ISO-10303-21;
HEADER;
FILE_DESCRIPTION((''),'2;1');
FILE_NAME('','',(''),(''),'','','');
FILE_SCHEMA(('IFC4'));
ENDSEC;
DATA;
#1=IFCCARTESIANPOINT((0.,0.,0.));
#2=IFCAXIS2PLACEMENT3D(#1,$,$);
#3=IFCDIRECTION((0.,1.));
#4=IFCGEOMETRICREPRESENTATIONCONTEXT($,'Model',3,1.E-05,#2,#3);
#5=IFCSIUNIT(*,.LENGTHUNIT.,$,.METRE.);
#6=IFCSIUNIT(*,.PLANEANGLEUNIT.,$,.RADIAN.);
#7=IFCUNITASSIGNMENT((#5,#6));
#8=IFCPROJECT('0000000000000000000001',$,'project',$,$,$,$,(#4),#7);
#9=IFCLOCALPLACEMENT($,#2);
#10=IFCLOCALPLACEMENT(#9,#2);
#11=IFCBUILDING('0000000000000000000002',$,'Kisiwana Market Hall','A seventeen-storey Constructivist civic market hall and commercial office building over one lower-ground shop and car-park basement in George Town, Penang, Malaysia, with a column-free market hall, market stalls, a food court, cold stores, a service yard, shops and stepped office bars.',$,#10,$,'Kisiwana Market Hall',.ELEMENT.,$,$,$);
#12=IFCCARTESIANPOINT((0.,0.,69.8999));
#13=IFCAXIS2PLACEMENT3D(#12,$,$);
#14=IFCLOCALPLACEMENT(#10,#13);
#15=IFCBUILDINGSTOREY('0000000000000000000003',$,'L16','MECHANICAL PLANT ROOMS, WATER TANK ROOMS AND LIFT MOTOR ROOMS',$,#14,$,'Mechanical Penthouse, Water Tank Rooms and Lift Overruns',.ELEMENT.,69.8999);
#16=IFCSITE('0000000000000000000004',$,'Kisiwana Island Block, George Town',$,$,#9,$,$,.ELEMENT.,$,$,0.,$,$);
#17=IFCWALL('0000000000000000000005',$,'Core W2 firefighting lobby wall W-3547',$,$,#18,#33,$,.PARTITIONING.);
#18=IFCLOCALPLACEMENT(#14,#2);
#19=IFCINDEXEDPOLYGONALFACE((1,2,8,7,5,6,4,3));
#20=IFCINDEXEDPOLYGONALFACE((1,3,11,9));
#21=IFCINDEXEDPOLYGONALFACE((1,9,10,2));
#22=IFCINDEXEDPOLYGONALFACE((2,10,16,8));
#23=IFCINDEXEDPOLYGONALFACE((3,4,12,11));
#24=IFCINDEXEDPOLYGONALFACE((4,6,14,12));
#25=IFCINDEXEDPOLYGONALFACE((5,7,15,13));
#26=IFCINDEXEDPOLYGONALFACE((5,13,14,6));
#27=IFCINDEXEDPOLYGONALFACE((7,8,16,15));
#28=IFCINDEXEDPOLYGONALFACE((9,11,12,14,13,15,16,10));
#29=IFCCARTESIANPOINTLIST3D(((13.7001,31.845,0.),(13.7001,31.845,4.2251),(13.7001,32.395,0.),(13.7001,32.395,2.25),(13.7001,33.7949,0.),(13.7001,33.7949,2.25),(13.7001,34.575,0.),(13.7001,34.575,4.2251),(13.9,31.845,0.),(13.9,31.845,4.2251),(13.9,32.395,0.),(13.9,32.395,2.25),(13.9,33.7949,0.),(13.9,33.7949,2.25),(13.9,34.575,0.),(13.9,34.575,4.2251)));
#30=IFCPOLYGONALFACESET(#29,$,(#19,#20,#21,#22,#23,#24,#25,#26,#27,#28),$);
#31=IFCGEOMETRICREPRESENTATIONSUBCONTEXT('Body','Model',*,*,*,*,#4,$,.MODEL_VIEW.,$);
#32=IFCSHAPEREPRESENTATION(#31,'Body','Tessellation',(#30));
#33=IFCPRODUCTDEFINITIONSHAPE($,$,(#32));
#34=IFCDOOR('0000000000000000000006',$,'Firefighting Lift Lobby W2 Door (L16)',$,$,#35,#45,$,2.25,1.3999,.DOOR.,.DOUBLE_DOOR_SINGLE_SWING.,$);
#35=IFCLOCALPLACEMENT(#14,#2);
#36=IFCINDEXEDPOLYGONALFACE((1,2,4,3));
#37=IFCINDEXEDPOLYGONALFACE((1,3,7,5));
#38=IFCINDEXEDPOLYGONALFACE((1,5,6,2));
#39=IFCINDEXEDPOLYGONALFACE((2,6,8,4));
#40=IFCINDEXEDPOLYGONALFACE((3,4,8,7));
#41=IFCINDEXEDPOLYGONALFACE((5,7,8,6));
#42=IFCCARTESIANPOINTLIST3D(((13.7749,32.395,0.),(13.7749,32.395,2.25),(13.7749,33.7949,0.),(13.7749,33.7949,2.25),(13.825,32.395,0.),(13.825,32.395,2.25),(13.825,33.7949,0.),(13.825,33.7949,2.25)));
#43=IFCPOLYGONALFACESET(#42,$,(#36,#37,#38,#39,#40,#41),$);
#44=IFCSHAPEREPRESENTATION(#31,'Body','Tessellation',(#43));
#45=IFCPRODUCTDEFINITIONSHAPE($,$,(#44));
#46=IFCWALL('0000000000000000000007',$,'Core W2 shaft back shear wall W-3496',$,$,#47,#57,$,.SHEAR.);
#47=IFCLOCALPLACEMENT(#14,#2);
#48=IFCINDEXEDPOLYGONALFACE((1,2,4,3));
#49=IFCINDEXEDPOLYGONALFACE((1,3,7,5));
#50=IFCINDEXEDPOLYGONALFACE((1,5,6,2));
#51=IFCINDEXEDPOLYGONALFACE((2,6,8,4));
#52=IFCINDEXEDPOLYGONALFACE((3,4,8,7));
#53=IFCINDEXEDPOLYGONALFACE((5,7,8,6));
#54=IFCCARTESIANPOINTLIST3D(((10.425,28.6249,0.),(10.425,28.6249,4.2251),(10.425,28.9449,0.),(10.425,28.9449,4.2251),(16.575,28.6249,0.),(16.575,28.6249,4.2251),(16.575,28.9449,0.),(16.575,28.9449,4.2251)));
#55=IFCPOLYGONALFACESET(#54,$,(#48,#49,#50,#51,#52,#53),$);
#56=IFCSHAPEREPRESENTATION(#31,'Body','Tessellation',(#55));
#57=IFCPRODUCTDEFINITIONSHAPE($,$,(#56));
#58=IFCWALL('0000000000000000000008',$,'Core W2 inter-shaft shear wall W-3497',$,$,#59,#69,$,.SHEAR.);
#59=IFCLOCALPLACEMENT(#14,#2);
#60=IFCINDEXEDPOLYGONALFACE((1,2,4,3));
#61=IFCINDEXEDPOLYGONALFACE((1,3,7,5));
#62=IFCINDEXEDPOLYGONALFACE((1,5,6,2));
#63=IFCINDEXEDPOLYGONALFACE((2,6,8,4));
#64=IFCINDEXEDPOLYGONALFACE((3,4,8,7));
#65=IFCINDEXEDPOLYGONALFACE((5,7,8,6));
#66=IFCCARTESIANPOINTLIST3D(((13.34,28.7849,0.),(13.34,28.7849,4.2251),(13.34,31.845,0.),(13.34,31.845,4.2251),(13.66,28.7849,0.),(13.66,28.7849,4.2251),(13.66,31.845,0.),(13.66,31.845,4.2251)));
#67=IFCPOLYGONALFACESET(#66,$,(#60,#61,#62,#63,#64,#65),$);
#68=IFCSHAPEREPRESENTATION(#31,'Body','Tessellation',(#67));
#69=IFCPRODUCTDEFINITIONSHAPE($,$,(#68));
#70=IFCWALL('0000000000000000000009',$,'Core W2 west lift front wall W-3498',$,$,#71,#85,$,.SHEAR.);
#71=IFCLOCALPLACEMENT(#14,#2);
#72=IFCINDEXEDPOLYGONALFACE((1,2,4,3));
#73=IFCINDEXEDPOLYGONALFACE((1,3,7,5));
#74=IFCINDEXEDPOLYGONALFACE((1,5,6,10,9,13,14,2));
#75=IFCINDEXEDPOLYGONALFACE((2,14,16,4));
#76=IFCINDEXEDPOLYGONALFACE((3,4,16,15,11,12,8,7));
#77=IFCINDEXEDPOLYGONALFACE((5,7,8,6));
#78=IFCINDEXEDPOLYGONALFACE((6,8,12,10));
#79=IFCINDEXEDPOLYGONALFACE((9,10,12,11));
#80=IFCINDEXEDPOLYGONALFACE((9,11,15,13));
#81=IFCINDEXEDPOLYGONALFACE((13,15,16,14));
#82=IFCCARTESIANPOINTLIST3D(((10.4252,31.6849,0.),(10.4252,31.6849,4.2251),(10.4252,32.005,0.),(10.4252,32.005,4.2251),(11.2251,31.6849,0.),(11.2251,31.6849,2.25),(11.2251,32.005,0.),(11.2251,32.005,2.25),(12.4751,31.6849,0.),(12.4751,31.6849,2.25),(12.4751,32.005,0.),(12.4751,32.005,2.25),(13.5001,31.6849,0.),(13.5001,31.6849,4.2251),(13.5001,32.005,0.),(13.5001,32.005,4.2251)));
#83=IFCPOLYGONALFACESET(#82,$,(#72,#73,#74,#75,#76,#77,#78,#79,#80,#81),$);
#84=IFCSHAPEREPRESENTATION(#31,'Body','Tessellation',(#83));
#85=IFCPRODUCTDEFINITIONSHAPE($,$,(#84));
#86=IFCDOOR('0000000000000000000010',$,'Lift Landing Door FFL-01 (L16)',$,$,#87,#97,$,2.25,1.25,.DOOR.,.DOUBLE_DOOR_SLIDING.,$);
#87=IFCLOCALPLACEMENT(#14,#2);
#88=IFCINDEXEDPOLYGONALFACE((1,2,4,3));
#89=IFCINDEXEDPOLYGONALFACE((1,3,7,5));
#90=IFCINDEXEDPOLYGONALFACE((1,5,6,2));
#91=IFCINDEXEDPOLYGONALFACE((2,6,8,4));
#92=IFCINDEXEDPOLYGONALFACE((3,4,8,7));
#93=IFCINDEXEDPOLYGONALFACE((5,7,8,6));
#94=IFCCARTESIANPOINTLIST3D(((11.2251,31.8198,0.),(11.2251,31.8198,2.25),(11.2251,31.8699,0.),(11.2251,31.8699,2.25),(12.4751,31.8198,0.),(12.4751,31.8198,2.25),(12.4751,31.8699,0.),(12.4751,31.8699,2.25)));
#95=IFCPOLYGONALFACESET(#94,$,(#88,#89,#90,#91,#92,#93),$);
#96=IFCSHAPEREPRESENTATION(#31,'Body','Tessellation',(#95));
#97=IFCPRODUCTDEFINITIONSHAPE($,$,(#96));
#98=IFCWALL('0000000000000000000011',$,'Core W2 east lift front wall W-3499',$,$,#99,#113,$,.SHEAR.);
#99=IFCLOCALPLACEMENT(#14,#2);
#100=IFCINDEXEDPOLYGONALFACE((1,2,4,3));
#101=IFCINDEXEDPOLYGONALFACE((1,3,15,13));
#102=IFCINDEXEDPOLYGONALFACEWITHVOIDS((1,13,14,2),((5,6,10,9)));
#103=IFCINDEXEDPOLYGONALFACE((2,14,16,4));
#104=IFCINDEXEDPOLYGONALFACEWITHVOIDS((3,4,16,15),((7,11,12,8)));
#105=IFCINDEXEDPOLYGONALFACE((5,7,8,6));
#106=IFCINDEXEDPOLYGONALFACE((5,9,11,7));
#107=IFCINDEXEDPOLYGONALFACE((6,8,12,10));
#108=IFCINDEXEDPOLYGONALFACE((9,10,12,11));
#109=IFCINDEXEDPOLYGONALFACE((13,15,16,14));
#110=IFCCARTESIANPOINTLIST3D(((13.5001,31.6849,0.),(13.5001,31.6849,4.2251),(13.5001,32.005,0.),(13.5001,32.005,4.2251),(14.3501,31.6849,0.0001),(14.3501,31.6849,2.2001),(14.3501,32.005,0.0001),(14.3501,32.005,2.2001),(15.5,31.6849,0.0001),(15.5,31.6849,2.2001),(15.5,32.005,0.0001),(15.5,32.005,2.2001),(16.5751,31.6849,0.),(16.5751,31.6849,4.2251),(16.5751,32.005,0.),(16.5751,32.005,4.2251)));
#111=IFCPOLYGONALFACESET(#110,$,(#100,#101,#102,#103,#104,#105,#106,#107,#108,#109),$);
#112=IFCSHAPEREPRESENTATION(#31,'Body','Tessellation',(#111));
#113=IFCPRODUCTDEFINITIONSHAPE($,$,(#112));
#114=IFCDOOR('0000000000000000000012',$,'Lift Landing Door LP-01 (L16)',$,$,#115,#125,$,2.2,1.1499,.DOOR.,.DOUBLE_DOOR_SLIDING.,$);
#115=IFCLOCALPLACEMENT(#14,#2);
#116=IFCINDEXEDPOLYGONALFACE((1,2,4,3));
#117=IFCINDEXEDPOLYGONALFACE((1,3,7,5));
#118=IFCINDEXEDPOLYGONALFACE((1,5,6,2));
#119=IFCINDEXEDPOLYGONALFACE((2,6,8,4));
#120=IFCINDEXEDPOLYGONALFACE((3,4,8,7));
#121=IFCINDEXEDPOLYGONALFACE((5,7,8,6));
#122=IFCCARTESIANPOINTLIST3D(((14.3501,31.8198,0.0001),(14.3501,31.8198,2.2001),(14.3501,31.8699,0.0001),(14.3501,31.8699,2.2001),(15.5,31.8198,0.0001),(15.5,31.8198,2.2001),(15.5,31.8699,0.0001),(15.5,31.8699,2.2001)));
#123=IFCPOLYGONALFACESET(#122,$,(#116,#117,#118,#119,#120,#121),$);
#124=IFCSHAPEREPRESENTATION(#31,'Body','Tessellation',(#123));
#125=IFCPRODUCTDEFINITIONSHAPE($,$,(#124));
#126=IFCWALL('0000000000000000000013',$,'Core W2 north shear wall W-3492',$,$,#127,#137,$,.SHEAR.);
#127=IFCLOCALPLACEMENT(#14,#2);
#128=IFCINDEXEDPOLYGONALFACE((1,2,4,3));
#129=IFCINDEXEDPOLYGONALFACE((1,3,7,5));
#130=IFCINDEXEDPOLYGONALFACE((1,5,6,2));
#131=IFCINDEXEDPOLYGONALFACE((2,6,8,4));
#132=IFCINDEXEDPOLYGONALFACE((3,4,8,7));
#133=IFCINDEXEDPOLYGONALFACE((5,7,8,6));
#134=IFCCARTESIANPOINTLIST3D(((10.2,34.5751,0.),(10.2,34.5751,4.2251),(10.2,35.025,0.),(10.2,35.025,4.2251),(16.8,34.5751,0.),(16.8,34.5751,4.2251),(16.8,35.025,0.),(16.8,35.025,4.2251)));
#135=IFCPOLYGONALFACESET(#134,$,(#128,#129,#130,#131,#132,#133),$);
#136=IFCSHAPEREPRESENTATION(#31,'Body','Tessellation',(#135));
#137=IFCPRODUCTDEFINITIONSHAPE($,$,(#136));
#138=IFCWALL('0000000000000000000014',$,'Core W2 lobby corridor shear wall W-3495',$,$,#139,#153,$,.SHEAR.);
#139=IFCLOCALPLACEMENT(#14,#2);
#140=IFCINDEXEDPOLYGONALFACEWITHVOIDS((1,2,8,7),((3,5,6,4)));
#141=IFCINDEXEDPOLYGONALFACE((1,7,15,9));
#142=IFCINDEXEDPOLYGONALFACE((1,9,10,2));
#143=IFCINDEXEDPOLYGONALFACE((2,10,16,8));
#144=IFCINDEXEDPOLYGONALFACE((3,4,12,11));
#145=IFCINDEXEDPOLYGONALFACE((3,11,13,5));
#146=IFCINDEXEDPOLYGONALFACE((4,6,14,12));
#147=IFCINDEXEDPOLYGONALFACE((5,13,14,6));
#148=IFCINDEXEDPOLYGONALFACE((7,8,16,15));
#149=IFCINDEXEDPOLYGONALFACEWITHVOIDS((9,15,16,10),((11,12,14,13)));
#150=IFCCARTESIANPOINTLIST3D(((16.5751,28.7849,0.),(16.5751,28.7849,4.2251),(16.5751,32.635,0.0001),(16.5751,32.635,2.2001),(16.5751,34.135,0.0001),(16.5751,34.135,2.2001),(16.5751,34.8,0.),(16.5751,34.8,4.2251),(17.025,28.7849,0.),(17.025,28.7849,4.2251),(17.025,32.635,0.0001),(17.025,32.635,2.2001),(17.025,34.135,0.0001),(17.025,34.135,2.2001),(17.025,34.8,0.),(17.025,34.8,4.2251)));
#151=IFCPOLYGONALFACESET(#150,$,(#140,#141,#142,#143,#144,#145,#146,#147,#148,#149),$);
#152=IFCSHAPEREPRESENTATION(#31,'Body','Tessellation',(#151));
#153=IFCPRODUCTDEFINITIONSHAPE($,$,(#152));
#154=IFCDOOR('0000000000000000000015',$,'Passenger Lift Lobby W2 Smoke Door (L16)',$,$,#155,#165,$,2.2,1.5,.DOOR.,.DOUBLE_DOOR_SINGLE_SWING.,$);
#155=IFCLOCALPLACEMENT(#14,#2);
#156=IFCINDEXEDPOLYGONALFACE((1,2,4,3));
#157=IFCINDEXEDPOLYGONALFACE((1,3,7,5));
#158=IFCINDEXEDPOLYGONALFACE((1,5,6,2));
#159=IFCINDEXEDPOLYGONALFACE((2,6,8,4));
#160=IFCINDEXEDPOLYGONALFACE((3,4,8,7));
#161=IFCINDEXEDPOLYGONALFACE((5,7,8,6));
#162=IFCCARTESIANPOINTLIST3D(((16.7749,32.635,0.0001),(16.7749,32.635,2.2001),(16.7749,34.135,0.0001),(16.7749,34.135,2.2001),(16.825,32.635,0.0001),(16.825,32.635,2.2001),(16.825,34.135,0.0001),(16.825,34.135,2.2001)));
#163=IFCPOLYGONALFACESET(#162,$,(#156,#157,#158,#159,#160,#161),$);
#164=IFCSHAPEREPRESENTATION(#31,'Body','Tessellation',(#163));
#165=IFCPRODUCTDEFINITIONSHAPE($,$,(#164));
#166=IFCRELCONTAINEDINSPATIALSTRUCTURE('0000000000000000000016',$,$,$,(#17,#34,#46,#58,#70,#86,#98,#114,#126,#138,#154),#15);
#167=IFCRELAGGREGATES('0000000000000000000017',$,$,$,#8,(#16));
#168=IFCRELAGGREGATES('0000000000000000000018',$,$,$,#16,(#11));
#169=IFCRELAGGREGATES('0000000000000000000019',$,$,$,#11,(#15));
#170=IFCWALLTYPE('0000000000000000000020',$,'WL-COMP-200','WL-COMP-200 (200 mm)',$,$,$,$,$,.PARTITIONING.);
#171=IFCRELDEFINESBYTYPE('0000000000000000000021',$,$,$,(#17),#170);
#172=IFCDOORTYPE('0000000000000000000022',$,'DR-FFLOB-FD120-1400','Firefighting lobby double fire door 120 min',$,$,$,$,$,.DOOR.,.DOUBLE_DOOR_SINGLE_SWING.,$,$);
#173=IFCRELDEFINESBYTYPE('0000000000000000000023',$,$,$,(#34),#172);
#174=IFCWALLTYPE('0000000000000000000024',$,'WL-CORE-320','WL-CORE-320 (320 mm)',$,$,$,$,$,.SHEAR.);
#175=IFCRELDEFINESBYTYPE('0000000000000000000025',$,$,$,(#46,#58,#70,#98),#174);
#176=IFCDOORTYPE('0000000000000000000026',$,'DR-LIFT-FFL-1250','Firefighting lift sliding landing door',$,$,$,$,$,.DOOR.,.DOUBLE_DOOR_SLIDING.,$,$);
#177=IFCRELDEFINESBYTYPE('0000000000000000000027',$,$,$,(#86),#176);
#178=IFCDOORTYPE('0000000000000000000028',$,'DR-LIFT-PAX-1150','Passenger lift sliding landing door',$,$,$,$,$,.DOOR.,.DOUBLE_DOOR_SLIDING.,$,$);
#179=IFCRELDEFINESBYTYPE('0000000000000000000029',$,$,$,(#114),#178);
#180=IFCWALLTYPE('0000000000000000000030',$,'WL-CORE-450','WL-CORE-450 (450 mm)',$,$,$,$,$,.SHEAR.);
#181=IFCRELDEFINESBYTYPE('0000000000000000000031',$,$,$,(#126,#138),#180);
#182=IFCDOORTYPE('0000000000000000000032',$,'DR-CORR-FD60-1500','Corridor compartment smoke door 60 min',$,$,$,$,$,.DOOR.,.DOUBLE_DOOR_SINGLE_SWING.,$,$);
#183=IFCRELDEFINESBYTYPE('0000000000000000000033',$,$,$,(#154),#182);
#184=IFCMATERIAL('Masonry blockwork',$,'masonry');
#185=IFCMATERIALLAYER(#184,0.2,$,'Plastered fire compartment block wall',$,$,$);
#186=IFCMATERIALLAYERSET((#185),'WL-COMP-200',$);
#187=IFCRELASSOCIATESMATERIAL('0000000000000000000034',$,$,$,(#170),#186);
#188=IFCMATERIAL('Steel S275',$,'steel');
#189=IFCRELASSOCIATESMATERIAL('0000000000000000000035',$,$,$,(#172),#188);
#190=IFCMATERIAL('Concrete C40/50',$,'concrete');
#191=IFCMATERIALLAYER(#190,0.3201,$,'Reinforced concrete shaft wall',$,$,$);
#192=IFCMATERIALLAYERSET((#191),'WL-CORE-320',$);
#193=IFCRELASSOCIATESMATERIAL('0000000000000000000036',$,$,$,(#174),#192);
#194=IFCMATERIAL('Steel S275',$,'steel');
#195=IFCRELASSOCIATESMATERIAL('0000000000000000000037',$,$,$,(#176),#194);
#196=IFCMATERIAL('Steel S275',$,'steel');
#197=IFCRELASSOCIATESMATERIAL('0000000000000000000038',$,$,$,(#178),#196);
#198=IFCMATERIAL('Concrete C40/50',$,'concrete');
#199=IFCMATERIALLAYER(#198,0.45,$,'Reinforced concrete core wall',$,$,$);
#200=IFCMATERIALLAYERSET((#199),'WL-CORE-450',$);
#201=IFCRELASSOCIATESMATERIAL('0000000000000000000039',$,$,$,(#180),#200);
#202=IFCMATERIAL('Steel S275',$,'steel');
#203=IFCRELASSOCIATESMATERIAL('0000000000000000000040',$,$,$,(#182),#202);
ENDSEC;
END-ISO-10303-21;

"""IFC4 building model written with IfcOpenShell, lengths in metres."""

from ifc_helpers import new_model, si_unit, direction, frame, frame_2d, origin, place, context, subcontext, project, spatial, rectangle, extrude, material, layer, layer_set, type_object, element, fill, save


model = new_model("IFC4")

# Units and contexts
model_context = context("Model", 3, precision=1e-05, world=origin(), true_north=direction((0.0, 1.0)))
body_context = subcontext(model_context, "Body", "Model", "MODEL_VIEW")
ifc_project = project(units=[si_unit("LENGTHUNIT", "METRE"), si_unit("PLANEANGLEUNIT", "RADIAN")], contexts=[model_context])

# Site, building, storey
site_placement = place(None, origin())
site = spatial("IfcSite", under=ifc_project, at=site_placement, Name="Kisiwana Island Block, George Town", CompositionType="ELEMENT", RefElevation=0.0)
building_placement = place(site_placement, origin())
building = spatial("IfcBuilding", under=site, at=building_placement, Name="Kisiwana Market Hall", Description="A seventeen-storey Constructivist civic market hall and commercial office building over one lower-ground shop and car-park basement in George Town, Penang, Malaysia, with a column-free market hall, market stalls, a food court, cold stores, a service yard, shops and stepped office bars.", LongName="Kisiwana Market Hall", CompositionType="ELEMENT")
storey_placement = place(building_placement, frame((0.0, 0.0, 69.8999)))
storey = spatial("IfcBuildingStorey", under=building, at=storey_placement, Name="L16", Description="MECHANICAL PLANT ROOMS, WATER TANK ROOMS AND LIFT MOTOR ROOMS", LongName="Mechanical Penthouse, Water Tank Rooms and Lift Overruns", CompositionType="ELEMENT", Elevation=69.8999)

# Wall, opening, door
ifc_material_1 = material(Name="Masonry blockwork", Category="masonry")
ifc_layer_1 = layer(ifc_material_1, 0.2, Name="Plastered fire compartment block wall")
ifc_layer_set_1 = layer_set([ifc_layer_1], Name="WL-COMP-200")
wall_type_1 = type_object("IfcWallType", Name="WL-COMP-200", Description="WL-COMP-200 (200 mm)", PredefinedType="PARTITIONING", material=ifc_layer_set_1)
wall_1_placement = place(storey_placement, frame((13.8, 31.845, 0.0), z_axis=(0.0, 0.0, 1.0), x_axis=(0.0, 1.0, 0.0)))
wall_1 = element("IfcWall", 1, at=wall_1_placement, inside=storey, type_object=wall_type_1, Name="Core W2 firefighting lobby wall W-3547", PredefinedType="PARTITIONING", context=body_context, shape_type="SweptSolid", body=[
    extrude(rectangle(XDim=2.73, YDim=0.2, at=frame_2d((1.365, 0.0))), origin(), (0.0, 0.0, 1.0), 4.2251),
])
opening_1_placement = place(wall_1_placement, frame((0.55, 0.0, 0.0)))
opening_1 = element("IfcOpeningElement", 2, at=opening_1_placement, cuts=wall_1, PredefinedType="OPENING", context=body_context, shape_type="SweptSolid", body=[
    extrude(rectangle(XDim=1.3999, YDim=2.25, at=frame_2d((0.7, 1.125))), frame((0.0, 0.1118, 0.0), z_axis=(0.0, -1.0, 0.0), x_axis=(1.0, 0.0, 0.0)), (0.0, 0.0, 1.0), 0.2239),
])
ifc_material_2 = material(Name="Steel S275", Category="steel")
door_type_1 = type_object("IfcDoorType", Name="DR-FFLOB-FD120-1400", Description="Firefighting lobby double fire door 120 min", OperationType="DOUBLE_DOOR_SINGLE_SWING", PredefinedType="DOOR", material=ifc_material_2)
door_1_placement = place(opening_1_placement, frame((1.3999, 0.0, 0.0), z_axis=(0.0, 0.0, 1.0), x_axis=(-1.0, 0.0, 0.0)))
door_1 = element("IfcDoor", 3, at=door_1_placement, inside=storey, type_object=door_type_1, Name="Firefighting Lift Lobby W2 Door (L16)", OperationType="DOUBLE_DOOR_SINGLE_SWING", OverallHeight=2.25, OverallWidth=1.3999, PredefinedType="DOOR", context=body_context, shape_type="SweptSolid", body=[
    extrude(rectangle(XDim=1.3999, YDim=2.25, at=frame_2d((0.7, 1.125))), frame((0.0, 0.0249, 0.0), z_axis=(0.0, -1.0, 0.0), x_axis=(1.0, 0.0, 0.0)), (0.0, 0.0, 1.0), 0.05),
])
fill(opening_1, door_1)

# Walls
ifc_material_3 = material(Name="Concrete C40/50", Category="concrete")
ifc_layer_2 = layer(ifc_material_3, 0.3201, Name="Reinforced concrete shaft wall")
ifc_layer_set_2 = layer_set([ifc_layer_2], Name="WL-CORE-320")
wall_type_2 = type_object("IfcWallType", Name="WL-CORE-320", Description="WL-CORE-320 (320 mm)", PredefinedType="SHEAR", material=ifc_layer_set_2)
wall_2_placement = place(storey_placement, frame((10.425, 28.7849, 0.0), z_axis=(0.0, 0.0, 1.0), x_axis=(1.0, 0.0, 0.0)))
element("IfcWall", 4, at=wall_2_placement, inside=storey, type_object=wall_type_2, Name="Core W2 shaft back shear wall W-3496", PredefinedType="SHEAR", context=body_context, shape_type="SweptSolid", body=[
    extrude(rectangle(XDim=6.1499, YDim=0.3201, at=frame_2d((3.075, 0.0))), origin(), (0.0, 0.0, 1.0), 4.2251),
])
wall_3_placement = place(storey_placement, frame((13.5, 28.7849, 0.0), z_axis=(0.0, 0.0, 1.0), x_axis=(0.0, 1.0, 0.0)))
element("IfcWall", 5, at=wall_3_placement, inside=storey, type_object=wall_type_2, Name="Core W2 inter-shaft shear wall W-3497", PredefinedType="SHEAR", context=body_context, shape_type="SweptSolid", body=[
    extrude(rectangle(XDim=3.0601, YDim=0.3201, at=frame_2d((1.53, 0.0))), origin(), (0.0, 0.0, 1.0), 4.2251),
])

# Walls, openings, doors
wall_4_placement = place(storey_placement, frame((10.425, 31.845, 0.0), z_axis=(0.0, 0.0, 1.0), x_axis=(1.0, 0.0, 0.0)))
wall_4 = element("IfcWall", 6, at=wall_4_placement, inside=storey, type_object=wall_type_2, Name="Core W2 west lift front wall W-3498", PredefinedType="SHEAR", context=body_context, shape_type="SweptSolid", body=[
    extrude(rectangle(XDim=3.075, YDim=0.3201, at=frame_2d((1.5376, 0.0))), origin(), (0.0, 0.0, 1.0), 4.2251),
])
opening_2_placement = place(wall_4_placement, frame((0.8, 0.0, 0.0)))
opening_2 = element("IfcOpeningElement", 7, at=opening_2_placement, cuts=wall_4, PredefinedType="OPENING", context=body_context, shape_type="SweptSolid", body=[
    extrude(rectangle(XDim=1.25, YDim=2.25, at=frame_2d((0.625, 1.125))), frame((0.0, 0.1719, 0.0), z_axis=(0.0, -1.0, 0.0), x_axis=(1.0, 0.0, 0.0)), (0.0, 0.0, 1.0), 0.344),
])
ifc_material_4 = material(Name="Steel S275", Category="steel")
door_type_2 = type_object("IfcDoorType", Name="DR-LIFT-FFL-1250", Description="Firefighting lift sliding landing door", OperationType="DOUBLE_DOOR_SLIDING", PredefinedType="DOOR", material=ifc_material_4)
door_2_placement = place(opening_2_placement, origin())
door_2 = element("IfcDoor", 8, at=door_2_placement, inside=storey, type_object=door_type_2, Name="Lift Landing Door FFL-01 (L16)", OperationType="DOUBLE_DOOR_SLIDING", OverallHeight=2.25, OverallWidth=1.25, PredefinedType="DOOR", context=body_context, shape_type="SweptSolid", body=[
    extrude(rectangle(XDim=1.25, YDim=2.25, at=frame_2d((0.625, 1.125))), frame((0.0, 0.0249, 0.0), z_axis=(0.0, -1.0, 0.0), x_axis=(1.0, 0.0, 0.0)), (0.0, 0.0, 1.0), 0.05),
])
fill(opening_2, door_2)
wall_5_placement = place(storey_placement, frame((13.5, 31.845, 0.0), z_axis=(0.0, 0.0, 1.0), x_axis=(1.0, 0.0, 0.0)))
wall_5 = element("IfcWall", 9, at=wall_5_placement, inside=storey, type_object=wall_type_2, Name="Core W2 east lift front wall W-3499", PredefinedType="SHEAR", context=body_context, shape_type="SweptSolid", body=[
    extrude(rectangle(XDim=3.075, YDim=0.3201, at=frame_2d((1.5376, 0.0))), origin(), (0.0, 0.0, 1.0), 4.2251),
])
opening_3_placement = place(wall_5_placement, frame((0.8501, 0.0, 0.0)))
opening_3 = element("IfcOpeningElement", 10, at=opening_3_placement, cuts=wall_5, PredefinedType="OPENING", context=body_context, shape_type="SweptSolid", body=[
    extrude(rectangle(XDim=1.1499, YDim=2.2, at=frame_2d((0.575, 1.1001))), frame((0.0, 0.1719, 0.0), z_axis=(0.0, -1.0, 0.0), x_axis=(1.0, 0.0, 0.0)), (0.0, 0.0, 1.0), 0.344),
])
ifc_material_5 = material(Name="Steel S275", Category="steel")
door_type_3 = type_object("IfcDoorType", Name="DR-LIFT-PAX-1150", Description="Passenger lift sliding landing door", OperationType="DOUBLE_DOOR_SLIDING", PredefinedType="DOOR", material=ifc_material_5)
door_3_placement = place(opening_3_placement, origin())
door_3 = element("IfcDoor", 11, at=door_3_placement, inside=storey, type_object=door_type_3, Name="Lift Landing Door LP-01 (L16)", OperationType="DOUBLE_DOOR_SLIDING", OverallHeight=2.2, OverallWidth=1.1499, PredefinedType="DOOR", context=body_context, shape_type="SweptSolid", body=[
    extrude(rectangle(XDim=1.1499, YDim=2.2, at=frame_2d((0.575, 1.1001))), frame((0.0, 0.0249, 0.0), z_axis=(0.0, -1.0, 0.0), x_axis=(1.0, 0.0, 0.0)), (0.0, 0.0, 1.0), 0.05),
])
fill(opening_3, door_3)

# Wall
ifc_material_6 = material(Name="Concrete C40/50", Category="concrete")
ifc_layer_3 = layer(ifc_material_6, 0.45, Name="Reinforced concrete core wall")
ifc_layer_set_3 = layer_set([ifc_layer_3], Name="WL-CORE-450")
wall_type_3 = type_object("IfcWallType", Name="WL-CORE-450", Description="WL-CORE-450 (450 mm)", PredefinedType="SHEAR", material=ifc_layer_set_3)
wall_6_placement = place(storey_placement, frame((10.2, 34.8, 0.0), z_axis=(0.0, 0.0, 1.0), x_axis=(1.0, 0.0, 0.0)))
element("IfcWall", 12, at=wall_6_placement, inside=storey, type_object=wall_type_3, Name="Core W2 north shear wall W-3492", PredefinedType="SHEAR", context=body_context, shape_type="SweptSolid", body=[
    extrude(rectangle(XDim=6.6001, YDim=0.45, at=frame_2d((3.3, 0.0))), origin(), (0.0, 0.0, 1.0), 4.2251),
])

# Wall, opening, door
wall_7_placement = place(storey_placement, frame((16.8, 28.7849, 0.0), z_axis=(0.0, 0.0, 1.0), x_axis=(0.0, 1.0, 0.0)))
wall_7 = element("IfcWall", 13, at=wall_7_placement, inside=storey, type_object=wall_type_3, Name="Core W2 lobby corridor shear wall W-3495", PredefinedType="SHEAR", context=body_context, shape_type="SweptSolid", body=[
    extrude(rectangle(XDim=6.0151, YDim=0.45, at=frame_2d((3.0076, 0.0))), origin(), (0.0, 0.0, 1.0), 4.2251),
])
opening_4_placement = place(wall_7_placement, frame((3.8501, 0.0, 0.0)))
opening_4 = element("IfcOpeningElement", 14, at=opening_4_placement, cuts=wall_7, PredefinedType="OPENING", context=body_context, shape_type="SweptSolid", body=[
    extrude(rectangle(XDim=1.5, YDim=2.2, at=frame_2d((0.75, 1.1001))), frame((0.0, 0.2368, 0.0), z_axis=(0.0, -1.0, 0.0), x_axis=(1.0, 0.0, 0.0)), (0.0, 0.0, 1.0), 0.4739),
])
ifc_material_7 = material(Name="Steel S275", Category="steel")
door_type_4 = type_object("IfcDoorType", Name="DR-CORR-FD60-1500", Description="Corridor compartment smoke door 60 min", OperationType="DOUBLE_DOOR_SINGLE_SWING", PredefinedType="DOOR", material=ifc_material_7)
door_4_placement = place(opening_4_placement, frame((1.5, 0.0, 0.0), z_axis=(0.0, 0.0, 1.0), x_axis=(-1.0, 0.0, 0.0)))
door_4 = element("IfcDoor", 15, at=door_4_placement, inside=storey, type_object=door_type_4, Name="Passenger Lift Lobby W2 Smoke Door (L16)", OperationType="DOUBLE_DOOR_SINGLE_SWING", OverallHeight=2.2, OverallWidth=1.5, PredefinedType="DOOR", context=body_context, shape_type="SweptSolid", body=[
    extrude(rectangle(XDim=1.5, YDim=2.2, at=frame_2d((0.75, 1.1001))), frame((0.0, 0.0249, 0.0), z_axis=(0.0, -1.0, 0.0), x_axis=(1.0, 0.0, 0.0)), (0.0, 0.0, 1.0), 0.05),
])
fill(opening_4, door_4)

save(model, "model.ifc")
